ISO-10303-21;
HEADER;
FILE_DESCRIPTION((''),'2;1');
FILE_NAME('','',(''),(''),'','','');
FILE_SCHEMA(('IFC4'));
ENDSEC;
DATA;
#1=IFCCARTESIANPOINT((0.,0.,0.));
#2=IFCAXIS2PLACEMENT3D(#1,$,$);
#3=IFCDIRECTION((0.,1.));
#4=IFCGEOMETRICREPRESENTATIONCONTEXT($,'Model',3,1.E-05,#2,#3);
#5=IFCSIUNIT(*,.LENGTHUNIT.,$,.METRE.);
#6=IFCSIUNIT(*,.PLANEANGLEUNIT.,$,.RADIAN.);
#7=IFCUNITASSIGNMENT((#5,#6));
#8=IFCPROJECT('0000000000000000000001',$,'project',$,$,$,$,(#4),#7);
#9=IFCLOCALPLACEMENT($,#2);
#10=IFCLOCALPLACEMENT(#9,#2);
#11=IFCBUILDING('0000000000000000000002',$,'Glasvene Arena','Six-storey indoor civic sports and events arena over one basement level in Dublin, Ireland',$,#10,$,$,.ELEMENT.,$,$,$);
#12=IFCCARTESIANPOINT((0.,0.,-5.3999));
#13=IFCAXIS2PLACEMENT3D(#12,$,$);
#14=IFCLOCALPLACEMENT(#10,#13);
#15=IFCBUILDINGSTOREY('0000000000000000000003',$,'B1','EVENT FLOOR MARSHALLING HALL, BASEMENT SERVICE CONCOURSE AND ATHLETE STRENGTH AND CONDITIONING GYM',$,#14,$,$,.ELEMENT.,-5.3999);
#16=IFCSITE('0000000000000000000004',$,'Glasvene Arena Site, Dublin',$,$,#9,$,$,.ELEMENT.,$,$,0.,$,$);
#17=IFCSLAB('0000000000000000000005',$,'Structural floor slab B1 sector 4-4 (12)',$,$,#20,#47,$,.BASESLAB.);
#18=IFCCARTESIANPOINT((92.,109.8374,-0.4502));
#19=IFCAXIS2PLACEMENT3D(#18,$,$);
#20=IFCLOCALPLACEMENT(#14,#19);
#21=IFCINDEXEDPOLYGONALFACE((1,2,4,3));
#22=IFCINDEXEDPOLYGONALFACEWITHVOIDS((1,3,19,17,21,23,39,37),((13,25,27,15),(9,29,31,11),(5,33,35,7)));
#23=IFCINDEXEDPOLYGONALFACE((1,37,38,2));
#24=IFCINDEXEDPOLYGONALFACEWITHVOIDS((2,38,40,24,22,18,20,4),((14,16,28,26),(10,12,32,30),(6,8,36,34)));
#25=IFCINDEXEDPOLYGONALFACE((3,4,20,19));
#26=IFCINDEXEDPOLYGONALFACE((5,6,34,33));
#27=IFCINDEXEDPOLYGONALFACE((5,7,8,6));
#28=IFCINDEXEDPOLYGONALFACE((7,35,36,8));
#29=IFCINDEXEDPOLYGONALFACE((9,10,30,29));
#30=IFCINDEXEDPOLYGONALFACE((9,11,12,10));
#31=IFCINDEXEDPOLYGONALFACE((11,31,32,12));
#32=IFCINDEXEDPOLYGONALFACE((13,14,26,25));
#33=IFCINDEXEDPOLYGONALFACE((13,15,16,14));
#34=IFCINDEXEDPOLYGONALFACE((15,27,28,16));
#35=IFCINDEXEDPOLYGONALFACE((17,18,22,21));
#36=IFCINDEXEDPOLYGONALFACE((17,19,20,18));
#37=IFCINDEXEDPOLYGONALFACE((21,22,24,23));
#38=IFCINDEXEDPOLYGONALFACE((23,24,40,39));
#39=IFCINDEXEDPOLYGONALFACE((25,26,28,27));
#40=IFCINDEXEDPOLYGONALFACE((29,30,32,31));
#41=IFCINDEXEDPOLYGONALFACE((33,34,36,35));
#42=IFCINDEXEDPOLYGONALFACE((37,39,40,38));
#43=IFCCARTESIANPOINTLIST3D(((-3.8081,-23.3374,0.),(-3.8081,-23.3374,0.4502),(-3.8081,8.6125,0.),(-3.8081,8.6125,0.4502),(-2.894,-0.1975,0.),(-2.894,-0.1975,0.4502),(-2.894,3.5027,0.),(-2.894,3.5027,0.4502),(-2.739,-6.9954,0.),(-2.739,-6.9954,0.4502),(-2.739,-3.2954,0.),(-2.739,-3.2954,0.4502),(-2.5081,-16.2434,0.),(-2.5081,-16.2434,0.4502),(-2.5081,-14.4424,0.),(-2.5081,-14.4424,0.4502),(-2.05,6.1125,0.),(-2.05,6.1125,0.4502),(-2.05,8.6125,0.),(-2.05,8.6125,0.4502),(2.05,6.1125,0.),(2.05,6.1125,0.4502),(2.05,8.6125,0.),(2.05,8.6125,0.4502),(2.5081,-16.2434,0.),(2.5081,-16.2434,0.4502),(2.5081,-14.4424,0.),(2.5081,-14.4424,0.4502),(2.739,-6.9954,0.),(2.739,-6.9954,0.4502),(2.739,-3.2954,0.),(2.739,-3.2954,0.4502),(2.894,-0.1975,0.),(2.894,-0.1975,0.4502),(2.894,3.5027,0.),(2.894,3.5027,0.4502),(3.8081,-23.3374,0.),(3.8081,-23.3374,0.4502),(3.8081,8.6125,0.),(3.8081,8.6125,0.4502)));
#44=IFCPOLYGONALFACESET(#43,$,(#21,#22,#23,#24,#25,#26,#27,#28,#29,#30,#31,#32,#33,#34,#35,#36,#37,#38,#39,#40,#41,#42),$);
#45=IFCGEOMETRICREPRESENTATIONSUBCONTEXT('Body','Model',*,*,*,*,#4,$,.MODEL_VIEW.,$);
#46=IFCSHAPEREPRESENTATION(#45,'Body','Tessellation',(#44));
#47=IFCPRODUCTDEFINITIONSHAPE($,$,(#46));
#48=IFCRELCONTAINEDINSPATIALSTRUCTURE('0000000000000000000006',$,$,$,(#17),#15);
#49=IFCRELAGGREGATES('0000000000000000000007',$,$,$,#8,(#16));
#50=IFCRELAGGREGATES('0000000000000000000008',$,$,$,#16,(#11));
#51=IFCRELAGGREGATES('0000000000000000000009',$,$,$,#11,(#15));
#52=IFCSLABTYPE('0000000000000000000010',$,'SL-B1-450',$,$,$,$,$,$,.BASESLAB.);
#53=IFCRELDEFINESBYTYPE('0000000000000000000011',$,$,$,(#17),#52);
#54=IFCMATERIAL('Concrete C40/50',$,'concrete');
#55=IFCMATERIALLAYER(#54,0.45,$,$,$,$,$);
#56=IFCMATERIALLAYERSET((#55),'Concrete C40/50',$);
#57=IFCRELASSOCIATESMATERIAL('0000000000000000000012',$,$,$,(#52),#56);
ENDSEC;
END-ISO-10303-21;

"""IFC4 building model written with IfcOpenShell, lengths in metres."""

from ifc_helpers import new_model, si_unit, direction, frame, origin, place, context, subcontext, project, spatial, polyline, outline, extrude, material, layer, layer_set, type_object, element, save


model = new_model("IFC4")

# Units and contexts
model_context = context("Model", 3, precision=1e-05, world=origin(), true_north=direction((0.0, 1.0)))
body_context = subcontext(model_context, "Body", "Model", "MODEL_VIEW")
ifc_project = project(units=[si_unit("LENGTHUNIT", "METRE"), si_unit("PLANEANGLEUNIT", "RADIAN")], contexts=[model_context])

# Site, building, storey
site_placement = place(None, origin())
site = spatial("IfcSite", under=ifc_project, at=site_placement, Name="Glasvene Arena Site, Dublin", CompositionType="ELEMENT", RefElevation=0.0)
building_placement = place(site_placement, origin())
building = spatial("IfcBuilding", under=site, at=building_placement, Name="Glasvene Arena", Description="Six-storey indoor civic sports and events arena over one basement level in Dublin, Ireland", CompositionType="ELEMENT")
storey_placement = place(building_placement, frame((0.0, 0.0, -5.3999)))
storey = spatial("IfcBuildingStorey", under=building, at=storey_placement, Name="B1", Description="EVENT FLOOR MARSHALLING HALL, BASEMENT SERVICE CONCOURSE AND ATHLETE STRENGTH AND CONDITIONING GYM", CompositionType="ELEMENT", Elevation=-5.3999)

# Shared definitions
ifc_material_1 = material(Name="Concrete C40/50", Category="concrete")

# Slab
ifc_layer_1 = layer(ifc_material_1, 0.45)
ifc_layer_set_1 = layer_set([ifc_layer_1], Name="Concrete C40/50")
slab_type = type_object("IfcSlabType", Name="SL-B1-450", PredefinedType="BASESLAB", material=ifc_layer_set_1)
slab_placement = place(storey_placement, frame((92.0, 109.8374, -0.4502)))
element("IfcSlab", 1, at=slab_placement, inside=storey, type_object=slab_type, Name="Structural floor slab B1 sector 4-4 (12)", PredefinedType="BASESLAB", context=body_context, shape_type="SweptSolid", body=[
    extrude(outline(polyline([(-3.8081, 8.6125), (-2.05, 8.6125), (-2.05, 6.1125), (2.05, 6.1125), (2.05, 8.6125), (3.8081, 8.6125), (3.8081, -23.3374), (-3.8081, -23.3374), (-3.8081, 8.6125)]), holes=[polyline([(-2.5081, -16.2434), (2.5081, -16.2434), (2.5081, -14.4424), (-2.5081, -14.4424), (-2.5081, -16.2434)]), polyline([(-2.739, -6.9954), (2.739, -6.9954), (2.739, -3.2954), (-2.739, -3.2954), (-2.739, -6.9954)]), polyline([(-2.894, -0.1975), (2.894, -0.1975), (2.894, 3.5027), (-2.894, 3.5027), (-2.894, -0.1975)])]), origin(), (0.0, 0.0, 1.0), 0.4502),
])

save(model, "model.ifc")
